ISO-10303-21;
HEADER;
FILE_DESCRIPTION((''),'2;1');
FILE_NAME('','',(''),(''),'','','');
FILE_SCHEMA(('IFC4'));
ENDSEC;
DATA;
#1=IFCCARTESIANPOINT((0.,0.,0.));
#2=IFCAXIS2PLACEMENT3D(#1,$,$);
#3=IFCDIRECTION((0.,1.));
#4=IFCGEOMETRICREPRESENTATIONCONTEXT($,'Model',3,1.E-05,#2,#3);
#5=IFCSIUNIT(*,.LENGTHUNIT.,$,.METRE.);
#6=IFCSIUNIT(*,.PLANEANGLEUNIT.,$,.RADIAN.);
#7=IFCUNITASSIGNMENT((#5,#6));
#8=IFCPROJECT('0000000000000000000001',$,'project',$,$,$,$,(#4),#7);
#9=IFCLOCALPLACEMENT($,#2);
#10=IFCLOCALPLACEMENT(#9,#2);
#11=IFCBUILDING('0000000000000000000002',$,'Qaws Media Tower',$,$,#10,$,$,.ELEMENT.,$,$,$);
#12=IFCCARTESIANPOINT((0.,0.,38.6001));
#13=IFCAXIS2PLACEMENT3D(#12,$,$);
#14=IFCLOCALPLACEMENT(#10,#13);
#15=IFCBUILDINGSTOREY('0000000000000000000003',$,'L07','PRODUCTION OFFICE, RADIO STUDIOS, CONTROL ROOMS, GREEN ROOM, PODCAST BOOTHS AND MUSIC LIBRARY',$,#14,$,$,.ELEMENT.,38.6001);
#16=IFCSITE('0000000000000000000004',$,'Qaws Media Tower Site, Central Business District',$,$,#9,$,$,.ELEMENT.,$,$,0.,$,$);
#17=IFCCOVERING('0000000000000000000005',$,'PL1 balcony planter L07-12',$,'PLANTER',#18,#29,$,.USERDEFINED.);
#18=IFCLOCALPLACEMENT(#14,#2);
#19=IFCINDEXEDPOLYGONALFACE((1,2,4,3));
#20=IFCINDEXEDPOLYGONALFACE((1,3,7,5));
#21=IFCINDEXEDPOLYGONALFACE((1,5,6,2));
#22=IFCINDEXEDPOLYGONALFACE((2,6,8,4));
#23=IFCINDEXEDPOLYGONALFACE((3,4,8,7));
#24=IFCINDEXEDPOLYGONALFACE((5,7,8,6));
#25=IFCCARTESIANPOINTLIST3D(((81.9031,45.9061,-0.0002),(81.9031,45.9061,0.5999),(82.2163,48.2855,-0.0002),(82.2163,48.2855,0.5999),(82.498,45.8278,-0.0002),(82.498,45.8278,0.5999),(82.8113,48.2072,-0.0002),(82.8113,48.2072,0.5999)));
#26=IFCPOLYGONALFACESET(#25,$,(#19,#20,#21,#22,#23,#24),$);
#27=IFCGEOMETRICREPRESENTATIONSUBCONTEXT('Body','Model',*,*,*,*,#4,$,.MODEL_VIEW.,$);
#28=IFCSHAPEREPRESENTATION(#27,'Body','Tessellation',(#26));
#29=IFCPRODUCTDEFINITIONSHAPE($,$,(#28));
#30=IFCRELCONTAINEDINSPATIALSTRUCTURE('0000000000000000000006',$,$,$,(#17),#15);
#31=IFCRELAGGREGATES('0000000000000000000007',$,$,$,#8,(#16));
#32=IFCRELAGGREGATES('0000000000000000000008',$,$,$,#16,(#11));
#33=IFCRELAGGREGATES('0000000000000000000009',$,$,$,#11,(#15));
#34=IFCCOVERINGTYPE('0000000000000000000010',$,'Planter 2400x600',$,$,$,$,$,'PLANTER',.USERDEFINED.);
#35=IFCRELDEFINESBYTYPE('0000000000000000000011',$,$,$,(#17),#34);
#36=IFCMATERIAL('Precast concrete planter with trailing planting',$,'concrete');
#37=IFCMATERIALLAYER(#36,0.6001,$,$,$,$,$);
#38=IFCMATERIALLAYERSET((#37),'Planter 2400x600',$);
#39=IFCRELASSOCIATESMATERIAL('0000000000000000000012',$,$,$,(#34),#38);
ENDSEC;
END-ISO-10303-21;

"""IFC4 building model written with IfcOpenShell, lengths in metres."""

from ifc_helpers import new_model, si_unit, direction, frame, origin, origin_2d, place, context, subcontext, project, spatial, rectangle, extrude, material, layer, layer_set, type_object, element, save


model = new_model("IFC4")

# Units and contexts
model_context = context("Model", 3, precision=1e-05, world=origin(), true_north=direction((0.0, 1.0)))
body_context = subcontext(model_context, "Body", "Model", "MODEL_VIEW")
ifc_project = project(units=[si_unit("LENGTHUNIT", "METRE"), si_unit("PLANEANGLEUNIT", "RADIAN")], contexts=[model_context])

# Site, building, storey
site_placement = place(None, origin())
site = spatial("IfcSite", under=ifc_project, at=site_placement, Name="Qaws Media Tower Site, Central Business District", CompositionType="ELEMENT", RefElevation=0.0)
building_placement = place(site_placement, origin())
building = spatial("IfcBuilding", under=site, at=building_placement, Name="Qaws Media Tower", CompositionType="ELEMENT")
storey_placement = place(building_placement, frame((0.0, 0.0, 38.6001)))
storey = spatial("IfcBuildingStorey", under=building, at=storey_placement, Name="L07", Description="PRODUCTION OFFICE, RADIO STUDIOS, CONTROL ROOMS, GREEN ROOM, PODCAST BOOTHS AND MUSIC LIBRARY", CompositionType="ELEMENT", Elevation=38.6001)

# Covering
ifc_material_1 = material(Name="Precast concrete planter with trailing planting", Category="concrete")
ifc_layer_1 = layer(ifc_material_1, 0.6001)
ifc_layer_set_1 = layer_set([ifc_layer_1], Name="Planter 2400x600")
covering_type = type_object("IfcCoveringType", Name="Planter 2400x600", ElementType="PLANTER", PredefinedType="USERDEFINED", material=ifc_layer_set_1)
covering_placement = place(storey_placement, frame((82.3572, 47.0566, -0.0002), z_axis=(0.0, 0.0, 1.0), x_axis=(0.130526, 0.991445, 0.0)))
element("IfcCovering", 1, at=covering_placement, inside=storey, type_object=covering_type, Name="PL1 balcony planter L07-12", ObjectType="PLANTER", PredefinedType="USERDEFINED", context=body_context, shape_type="SweptSolid", body=[
    extrude(rectangle(XDim=2.3999, YDim=0.6001, at=origin_2d()), origin(), (0.0, 0.0, 1.0), 0.6001),
])

save(model, "model.ifc")
